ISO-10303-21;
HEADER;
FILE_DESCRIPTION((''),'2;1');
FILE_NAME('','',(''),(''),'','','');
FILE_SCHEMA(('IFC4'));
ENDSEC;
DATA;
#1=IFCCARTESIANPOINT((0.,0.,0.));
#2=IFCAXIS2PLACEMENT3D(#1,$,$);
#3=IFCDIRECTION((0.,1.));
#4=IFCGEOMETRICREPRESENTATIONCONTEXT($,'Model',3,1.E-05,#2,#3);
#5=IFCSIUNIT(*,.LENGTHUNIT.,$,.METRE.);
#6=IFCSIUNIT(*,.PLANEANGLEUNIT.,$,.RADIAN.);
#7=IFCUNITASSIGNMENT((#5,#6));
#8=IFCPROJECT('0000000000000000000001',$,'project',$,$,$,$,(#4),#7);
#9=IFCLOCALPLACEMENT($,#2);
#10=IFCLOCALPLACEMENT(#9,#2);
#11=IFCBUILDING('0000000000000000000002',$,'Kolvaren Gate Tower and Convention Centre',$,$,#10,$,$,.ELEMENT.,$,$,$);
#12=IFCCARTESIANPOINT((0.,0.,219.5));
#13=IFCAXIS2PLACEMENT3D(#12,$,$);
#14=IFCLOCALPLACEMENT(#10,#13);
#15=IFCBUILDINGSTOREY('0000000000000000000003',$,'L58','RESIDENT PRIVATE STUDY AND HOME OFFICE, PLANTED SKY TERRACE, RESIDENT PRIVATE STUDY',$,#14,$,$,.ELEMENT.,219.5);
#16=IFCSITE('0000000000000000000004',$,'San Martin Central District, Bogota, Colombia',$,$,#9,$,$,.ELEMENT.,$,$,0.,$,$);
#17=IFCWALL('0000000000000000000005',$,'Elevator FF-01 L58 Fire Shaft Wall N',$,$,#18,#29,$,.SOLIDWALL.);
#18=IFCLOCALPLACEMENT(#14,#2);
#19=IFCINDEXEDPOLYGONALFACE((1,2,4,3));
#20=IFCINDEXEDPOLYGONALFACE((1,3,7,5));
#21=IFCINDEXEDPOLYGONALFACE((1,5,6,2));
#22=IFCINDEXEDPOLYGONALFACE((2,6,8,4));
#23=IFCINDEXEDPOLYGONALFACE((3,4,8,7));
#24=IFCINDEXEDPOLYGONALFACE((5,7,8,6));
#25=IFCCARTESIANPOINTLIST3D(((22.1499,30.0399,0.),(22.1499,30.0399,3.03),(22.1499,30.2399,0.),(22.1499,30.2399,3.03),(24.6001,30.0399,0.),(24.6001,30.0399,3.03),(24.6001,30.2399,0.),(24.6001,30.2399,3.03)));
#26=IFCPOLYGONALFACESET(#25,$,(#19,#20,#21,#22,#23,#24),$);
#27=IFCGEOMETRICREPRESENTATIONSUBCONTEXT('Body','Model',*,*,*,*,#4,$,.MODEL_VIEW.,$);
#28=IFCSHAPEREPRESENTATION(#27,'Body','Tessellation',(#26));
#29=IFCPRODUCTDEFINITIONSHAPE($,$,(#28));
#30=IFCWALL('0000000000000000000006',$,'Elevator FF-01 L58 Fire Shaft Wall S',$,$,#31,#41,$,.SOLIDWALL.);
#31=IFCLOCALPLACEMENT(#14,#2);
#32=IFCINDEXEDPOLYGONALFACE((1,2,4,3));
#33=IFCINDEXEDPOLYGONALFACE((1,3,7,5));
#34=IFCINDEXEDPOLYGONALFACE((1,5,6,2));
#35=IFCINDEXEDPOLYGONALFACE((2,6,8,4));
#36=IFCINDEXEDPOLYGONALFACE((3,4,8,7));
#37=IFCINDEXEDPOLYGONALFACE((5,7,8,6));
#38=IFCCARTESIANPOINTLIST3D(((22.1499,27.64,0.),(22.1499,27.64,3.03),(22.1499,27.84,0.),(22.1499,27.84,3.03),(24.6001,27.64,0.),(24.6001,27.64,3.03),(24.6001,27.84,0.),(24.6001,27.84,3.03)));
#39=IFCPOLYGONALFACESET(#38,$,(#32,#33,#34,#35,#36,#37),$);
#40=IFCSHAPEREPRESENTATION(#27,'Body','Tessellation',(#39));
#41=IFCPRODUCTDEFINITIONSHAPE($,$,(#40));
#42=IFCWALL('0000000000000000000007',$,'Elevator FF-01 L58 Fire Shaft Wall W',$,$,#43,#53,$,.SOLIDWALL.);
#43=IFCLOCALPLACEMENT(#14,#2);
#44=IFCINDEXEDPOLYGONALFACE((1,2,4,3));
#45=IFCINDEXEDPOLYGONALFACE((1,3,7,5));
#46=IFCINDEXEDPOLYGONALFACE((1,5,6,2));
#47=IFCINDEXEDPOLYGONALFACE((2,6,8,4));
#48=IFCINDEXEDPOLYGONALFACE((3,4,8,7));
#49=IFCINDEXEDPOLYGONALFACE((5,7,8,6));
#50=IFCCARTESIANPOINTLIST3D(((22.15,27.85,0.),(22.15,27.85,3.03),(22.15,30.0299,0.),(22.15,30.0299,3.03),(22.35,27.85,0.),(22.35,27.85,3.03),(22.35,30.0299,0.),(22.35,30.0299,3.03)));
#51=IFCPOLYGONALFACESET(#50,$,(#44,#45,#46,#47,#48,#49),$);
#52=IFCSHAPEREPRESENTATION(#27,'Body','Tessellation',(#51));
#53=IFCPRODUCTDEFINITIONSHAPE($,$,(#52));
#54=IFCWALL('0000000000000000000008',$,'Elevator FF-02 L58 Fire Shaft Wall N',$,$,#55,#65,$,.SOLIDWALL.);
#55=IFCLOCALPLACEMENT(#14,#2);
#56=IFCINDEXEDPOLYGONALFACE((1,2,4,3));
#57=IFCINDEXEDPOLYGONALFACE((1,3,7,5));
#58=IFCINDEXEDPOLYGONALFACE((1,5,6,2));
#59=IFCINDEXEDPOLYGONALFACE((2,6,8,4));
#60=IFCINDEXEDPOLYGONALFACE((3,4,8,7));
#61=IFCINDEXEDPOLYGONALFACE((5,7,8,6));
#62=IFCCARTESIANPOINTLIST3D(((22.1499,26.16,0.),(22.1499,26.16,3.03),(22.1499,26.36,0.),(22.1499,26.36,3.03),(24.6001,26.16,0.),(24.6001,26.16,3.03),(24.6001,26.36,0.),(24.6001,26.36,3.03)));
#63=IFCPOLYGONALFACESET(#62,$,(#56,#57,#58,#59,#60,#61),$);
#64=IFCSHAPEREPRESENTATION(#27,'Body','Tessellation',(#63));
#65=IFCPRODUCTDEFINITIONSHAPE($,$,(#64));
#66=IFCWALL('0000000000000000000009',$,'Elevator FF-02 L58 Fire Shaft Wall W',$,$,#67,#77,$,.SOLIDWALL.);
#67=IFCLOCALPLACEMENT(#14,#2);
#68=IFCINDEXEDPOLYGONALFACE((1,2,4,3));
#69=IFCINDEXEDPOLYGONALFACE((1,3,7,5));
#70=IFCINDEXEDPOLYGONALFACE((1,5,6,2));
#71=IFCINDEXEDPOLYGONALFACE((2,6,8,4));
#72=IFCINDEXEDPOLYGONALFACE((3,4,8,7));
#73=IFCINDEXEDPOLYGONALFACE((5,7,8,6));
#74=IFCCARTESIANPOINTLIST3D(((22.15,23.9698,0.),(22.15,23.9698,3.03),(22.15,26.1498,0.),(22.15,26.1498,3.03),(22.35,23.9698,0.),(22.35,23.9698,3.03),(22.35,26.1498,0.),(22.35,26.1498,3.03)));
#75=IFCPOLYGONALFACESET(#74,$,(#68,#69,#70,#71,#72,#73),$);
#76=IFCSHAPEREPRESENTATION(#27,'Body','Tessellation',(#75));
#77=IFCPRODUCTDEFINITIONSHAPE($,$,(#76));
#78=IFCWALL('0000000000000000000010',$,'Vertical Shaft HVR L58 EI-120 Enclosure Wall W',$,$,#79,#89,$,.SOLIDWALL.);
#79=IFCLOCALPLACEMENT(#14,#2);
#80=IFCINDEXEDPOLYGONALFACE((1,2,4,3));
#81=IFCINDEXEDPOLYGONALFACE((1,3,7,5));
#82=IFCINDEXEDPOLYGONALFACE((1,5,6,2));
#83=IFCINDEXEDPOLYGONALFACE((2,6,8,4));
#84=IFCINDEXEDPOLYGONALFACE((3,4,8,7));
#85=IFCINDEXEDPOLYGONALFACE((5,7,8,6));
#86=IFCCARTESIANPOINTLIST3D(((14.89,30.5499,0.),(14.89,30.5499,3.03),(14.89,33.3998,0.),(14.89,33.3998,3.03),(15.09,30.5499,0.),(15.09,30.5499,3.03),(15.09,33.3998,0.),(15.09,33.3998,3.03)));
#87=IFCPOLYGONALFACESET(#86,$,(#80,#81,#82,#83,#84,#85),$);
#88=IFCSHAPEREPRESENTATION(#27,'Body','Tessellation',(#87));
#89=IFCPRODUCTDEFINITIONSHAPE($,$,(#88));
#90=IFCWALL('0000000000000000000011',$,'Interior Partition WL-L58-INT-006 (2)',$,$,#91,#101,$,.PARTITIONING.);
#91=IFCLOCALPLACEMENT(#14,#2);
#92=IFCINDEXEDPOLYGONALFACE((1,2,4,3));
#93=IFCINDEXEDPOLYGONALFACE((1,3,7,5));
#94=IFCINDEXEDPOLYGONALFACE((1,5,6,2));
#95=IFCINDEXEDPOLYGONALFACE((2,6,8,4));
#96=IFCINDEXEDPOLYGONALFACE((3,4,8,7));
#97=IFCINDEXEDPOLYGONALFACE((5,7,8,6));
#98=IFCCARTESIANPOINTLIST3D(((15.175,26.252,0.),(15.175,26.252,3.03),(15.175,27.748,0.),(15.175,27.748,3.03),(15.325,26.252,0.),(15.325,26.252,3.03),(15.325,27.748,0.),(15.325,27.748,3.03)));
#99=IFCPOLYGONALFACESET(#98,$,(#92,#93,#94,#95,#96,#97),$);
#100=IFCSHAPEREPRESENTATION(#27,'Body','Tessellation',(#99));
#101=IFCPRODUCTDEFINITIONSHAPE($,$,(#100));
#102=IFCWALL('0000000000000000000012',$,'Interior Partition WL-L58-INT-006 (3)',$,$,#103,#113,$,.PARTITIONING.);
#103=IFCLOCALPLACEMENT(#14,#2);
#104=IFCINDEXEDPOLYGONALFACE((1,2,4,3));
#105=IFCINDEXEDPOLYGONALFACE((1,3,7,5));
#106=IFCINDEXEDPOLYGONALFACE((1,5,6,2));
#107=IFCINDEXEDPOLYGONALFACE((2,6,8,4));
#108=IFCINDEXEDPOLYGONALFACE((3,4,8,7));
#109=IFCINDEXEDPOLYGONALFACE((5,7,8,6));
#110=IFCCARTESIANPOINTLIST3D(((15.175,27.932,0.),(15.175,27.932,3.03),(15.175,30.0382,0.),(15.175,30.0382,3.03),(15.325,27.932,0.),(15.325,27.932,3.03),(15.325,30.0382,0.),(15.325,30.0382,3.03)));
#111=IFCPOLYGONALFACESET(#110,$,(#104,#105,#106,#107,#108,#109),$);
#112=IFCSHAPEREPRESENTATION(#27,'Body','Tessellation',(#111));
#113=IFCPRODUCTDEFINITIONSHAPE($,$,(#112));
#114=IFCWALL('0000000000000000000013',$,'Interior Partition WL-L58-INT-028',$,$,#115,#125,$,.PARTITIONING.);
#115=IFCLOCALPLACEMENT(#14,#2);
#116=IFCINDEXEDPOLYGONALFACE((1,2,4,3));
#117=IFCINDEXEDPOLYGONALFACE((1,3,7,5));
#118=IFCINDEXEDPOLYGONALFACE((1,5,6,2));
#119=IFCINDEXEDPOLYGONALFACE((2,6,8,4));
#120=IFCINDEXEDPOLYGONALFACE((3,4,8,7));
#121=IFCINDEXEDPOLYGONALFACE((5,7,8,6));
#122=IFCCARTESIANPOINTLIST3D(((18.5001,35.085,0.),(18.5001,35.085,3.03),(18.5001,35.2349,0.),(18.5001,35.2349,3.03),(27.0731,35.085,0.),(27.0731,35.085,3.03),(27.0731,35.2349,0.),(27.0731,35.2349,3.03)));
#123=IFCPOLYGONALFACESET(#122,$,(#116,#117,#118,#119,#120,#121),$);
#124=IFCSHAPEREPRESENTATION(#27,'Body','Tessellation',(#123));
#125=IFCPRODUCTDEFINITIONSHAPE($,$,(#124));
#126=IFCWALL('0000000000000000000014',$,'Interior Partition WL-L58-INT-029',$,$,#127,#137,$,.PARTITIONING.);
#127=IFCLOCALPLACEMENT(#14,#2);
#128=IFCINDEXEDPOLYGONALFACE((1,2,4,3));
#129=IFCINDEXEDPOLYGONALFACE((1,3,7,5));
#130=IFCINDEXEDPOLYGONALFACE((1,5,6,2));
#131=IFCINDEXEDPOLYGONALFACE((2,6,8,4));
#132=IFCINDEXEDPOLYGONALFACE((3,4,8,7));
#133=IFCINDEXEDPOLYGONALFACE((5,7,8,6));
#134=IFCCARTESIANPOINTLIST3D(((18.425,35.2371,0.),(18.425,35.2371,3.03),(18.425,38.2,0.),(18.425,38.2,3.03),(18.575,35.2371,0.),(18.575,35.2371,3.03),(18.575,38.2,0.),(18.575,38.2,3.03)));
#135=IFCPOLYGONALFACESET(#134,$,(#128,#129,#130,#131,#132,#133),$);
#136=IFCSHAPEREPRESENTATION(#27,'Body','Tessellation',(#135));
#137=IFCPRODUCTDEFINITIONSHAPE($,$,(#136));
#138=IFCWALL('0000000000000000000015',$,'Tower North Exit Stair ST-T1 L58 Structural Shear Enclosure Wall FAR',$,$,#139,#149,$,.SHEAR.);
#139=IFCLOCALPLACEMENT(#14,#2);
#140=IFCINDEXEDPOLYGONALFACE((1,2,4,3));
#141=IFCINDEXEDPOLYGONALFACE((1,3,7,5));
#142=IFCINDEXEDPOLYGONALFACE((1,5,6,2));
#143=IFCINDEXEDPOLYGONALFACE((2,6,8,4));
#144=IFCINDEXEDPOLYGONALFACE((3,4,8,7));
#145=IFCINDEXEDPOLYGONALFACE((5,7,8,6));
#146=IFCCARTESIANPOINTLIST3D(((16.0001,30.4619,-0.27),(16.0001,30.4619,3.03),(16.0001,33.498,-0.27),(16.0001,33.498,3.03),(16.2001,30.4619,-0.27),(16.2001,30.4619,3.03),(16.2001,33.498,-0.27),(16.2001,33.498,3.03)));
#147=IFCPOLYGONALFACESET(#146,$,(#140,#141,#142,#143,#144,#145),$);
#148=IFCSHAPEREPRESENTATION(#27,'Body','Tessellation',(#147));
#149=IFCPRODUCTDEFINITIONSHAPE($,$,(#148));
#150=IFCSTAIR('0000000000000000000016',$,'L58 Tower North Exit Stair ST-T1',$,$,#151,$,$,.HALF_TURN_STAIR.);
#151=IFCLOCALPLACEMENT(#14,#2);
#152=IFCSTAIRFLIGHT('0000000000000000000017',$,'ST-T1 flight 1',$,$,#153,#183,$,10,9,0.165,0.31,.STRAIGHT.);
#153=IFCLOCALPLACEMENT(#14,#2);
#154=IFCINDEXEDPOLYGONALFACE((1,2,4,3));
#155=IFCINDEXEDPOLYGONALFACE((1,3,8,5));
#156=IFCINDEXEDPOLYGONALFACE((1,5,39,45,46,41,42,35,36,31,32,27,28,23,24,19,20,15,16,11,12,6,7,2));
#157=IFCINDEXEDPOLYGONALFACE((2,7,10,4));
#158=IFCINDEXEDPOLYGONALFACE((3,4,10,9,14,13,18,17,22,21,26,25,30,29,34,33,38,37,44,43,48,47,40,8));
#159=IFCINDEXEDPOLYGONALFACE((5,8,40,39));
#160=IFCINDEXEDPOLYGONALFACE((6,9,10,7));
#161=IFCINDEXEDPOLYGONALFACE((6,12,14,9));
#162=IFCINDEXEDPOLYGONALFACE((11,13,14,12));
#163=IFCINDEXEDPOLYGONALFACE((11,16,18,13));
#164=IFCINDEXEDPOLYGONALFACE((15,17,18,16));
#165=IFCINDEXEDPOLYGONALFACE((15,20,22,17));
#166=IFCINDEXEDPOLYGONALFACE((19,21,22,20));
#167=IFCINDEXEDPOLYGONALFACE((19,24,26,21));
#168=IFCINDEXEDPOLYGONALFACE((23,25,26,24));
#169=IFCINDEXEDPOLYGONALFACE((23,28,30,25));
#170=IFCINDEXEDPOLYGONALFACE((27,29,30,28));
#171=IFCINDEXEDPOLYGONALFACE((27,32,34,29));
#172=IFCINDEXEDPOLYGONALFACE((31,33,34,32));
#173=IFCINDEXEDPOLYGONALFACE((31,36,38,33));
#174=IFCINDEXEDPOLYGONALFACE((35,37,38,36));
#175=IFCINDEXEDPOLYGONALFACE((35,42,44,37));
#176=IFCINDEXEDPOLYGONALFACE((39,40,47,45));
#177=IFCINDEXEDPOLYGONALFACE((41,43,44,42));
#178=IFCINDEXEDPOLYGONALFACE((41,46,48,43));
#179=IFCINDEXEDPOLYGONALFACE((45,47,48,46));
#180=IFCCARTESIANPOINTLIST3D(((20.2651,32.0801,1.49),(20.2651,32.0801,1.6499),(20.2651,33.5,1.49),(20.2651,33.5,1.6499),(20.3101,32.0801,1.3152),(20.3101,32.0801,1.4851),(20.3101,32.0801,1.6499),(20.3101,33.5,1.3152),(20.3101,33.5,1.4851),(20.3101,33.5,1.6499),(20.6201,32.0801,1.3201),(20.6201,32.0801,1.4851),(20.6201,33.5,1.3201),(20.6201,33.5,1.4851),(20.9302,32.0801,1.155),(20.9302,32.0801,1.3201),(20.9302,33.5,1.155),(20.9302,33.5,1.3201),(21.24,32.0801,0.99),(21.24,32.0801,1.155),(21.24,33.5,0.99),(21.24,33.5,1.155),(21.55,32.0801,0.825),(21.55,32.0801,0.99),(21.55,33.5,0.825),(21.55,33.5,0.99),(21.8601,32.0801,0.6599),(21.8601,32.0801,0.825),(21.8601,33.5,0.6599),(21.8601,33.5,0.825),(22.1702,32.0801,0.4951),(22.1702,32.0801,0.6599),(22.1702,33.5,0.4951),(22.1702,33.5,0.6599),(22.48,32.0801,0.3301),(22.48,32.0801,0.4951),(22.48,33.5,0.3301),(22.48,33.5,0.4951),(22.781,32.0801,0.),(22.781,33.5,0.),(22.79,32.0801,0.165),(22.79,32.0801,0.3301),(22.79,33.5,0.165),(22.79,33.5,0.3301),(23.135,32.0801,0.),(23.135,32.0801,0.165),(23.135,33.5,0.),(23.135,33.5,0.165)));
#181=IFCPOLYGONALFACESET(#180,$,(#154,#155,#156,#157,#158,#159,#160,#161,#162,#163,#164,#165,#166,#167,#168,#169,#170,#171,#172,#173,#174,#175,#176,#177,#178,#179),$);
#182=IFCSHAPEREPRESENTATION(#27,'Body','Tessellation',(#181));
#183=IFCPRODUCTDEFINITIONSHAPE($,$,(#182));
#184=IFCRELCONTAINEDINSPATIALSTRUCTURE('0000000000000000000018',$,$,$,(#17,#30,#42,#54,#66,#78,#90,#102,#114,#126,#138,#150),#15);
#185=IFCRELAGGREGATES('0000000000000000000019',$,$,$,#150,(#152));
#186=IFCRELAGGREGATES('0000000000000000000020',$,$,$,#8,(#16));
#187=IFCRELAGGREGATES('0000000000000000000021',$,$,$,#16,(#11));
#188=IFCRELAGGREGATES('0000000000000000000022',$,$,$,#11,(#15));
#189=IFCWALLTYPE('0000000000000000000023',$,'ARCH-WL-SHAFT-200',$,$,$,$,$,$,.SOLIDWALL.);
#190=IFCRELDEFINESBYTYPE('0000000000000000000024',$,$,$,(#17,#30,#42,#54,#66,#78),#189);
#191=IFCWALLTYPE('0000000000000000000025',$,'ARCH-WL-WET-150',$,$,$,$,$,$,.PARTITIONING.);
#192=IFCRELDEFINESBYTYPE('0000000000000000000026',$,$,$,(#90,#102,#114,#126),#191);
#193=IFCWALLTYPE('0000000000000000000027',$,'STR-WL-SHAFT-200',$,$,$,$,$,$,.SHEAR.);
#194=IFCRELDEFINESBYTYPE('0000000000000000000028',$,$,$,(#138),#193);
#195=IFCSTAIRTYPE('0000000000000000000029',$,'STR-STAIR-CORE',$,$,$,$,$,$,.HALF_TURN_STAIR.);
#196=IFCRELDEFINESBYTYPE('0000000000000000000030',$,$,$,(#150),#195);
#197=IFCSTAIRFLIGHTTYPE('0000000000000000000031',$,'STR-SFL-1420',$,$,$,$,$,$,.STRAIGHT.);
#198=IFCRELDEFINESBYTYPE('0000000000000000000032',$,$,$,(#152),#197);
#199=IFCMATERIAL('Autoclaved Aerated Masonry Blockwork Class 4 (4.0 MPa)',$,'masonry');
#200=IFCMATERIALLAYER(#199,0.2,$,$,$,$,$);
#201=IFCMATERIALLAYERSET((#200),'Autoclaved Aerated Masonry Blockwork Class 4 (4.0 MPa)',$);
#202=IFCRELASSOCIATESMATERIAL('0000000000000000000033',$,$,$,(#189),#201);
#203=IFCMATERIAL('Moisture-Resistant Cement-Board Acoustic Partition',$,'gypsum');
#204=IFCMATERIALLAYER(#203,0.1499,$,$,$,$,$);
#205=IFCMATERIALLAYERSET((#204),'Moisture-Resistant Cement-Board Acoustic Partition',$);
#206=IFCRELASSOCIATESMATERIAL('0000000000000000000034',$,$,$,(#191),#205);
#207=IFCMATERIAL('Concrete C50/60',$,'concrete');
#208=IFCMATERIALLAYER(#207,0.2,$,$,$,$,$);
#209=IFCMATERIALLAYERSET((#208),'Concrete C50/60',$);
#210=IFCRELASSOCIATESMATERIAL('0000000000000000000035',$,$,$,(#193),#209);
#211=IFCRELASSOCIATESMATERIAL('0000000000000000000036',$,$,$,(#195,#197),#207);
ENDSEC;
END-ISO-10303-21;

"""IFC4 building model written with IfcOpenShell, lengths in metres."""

from ifc_helpers import new_model, si_unit, direction, frame, frame_2d, origin, place, context, subcontext, project, spatial, polyline, rectangle, outline, extrude, material, layer, layer_set, type_object, element, aggregate, save


model = new_model("IFC4")

# Units and contexts
model_context = context("Model", 3, precision=1e-05, world=origin(), true_north=direction((0.0, 1.0)))
body_context = subcontext(model_context, "Body", "Model", "MODEL_VIEW")
ifc_project = project(units=[si_unit("LENGTHUNIT", "METRE"), si_unit("PLANEANGLEUNIT", "RADIAN")], contexts=[model_context])

# Site, building, storey
site_placement = place(None, origin())
site = spatial("IfcSite", under=ifc_project, at=site_placement, Name="San Martin Central District, Bogota, Colombia", CompositionType="ELEMENT", RefElevation=0.0)
building_placement = place(site_placement, origin())
building = spatial("IfcBuilding", under=site, at=building_placement, Name="Kolvaren Gate Tower and Convention Centre", CompositionType="ELEMENT")
storey_placement = place(building_placement, frame((0.0, 0.0, 219.5)))
storey = spatial("IfcBuildingStorey", under=building, at=storey_placement, Name="L58", Description="RESIDENT PRIVATE STUDY AND HOME OFFICE, PLANTED SKY TERRACE, RESIDENT PRIVATE STUDY", CompositionType="ELEMENT", Elevation=219.5)

# Shared definitions
ifc_material_1 = material(Name="Autoclaved Aerated Masonry Blockwork Class 4 (4.0 MPa)", Category="masonry")

# Walls
ifc_layer_1 = layer(ifc_material_1, 0.2)
ifc_layer_set_1 = layer_set([ifc_layer_1], Name="Autoclaved Aerated Masonry Blockwork Class 4 (4.0 MPa)")
wall_type_1 = type_object("IfcWallType", Name="ARCH-WL-SHAFT-200", PredefinedType="SOLIDWALL", material=ifc_layer_set_1)
for number, where, z_axis, x_axis, name in (
    (1, (22.1499, 30.1399, 0.0), (0.0, 0.0, 1.0), (1.0, 0.0, 0.0), "Elevator FF-01 L58 Fire Shaft Wall N"),
    (2, (22.1499, 27.74, 0.0), (0.0, 0.0, 1.0), (1.0, 0.0, 0.0), "Elevator FF-01 L58 Fire Shaft Wall S"),
):
    element("IfcWall", number, at=place(storey_placement, frame(where, z_axis=z_axis, x_axis=x_axis)), inside=storey, type_object=wall_type_1, Name=name, PredefinedType="SOLIDWALL", context=body_context, shape_type="SweptSolid", body=[
        extrude(rectangle(XDim=2.4502, YDim=0.2, at=frame_2d((1.2251, 0.0))), origin(), (0.0, 0.0, 1.0), 3.03),
    ])
wall_1_placement = place(storey_placement, frame((22.25, 27.8501, 0.0), z_axis=(0.0, 0.0, 1.0), x_axis=(0.0, 1.0, 0.0)))
element("IfcWall", 3, at=wall_1_placement, inside=storey, type_object=wall_type_1, Name="Elevator FF-01 L58 Fire Shaft Wall W", PredefinedType="SOLIDWALL", context=body_context, shape_type="SweptSolid", body=[
    extrude(rectangle(XDim=2.1799, YDim=0.2, at=frame_2d((1.0898, 0.0))), origin(), (0.0, 0.0, 1.0), 3.03),
])
wall_2_placement = place(storey_placement, frame((22.1499, 26.26, 0.0), z_axis=(0.0, 0.0, 1.0), x_axis=(1.0, 0.0, 0.0)))
element("IfcWall", 4, at=wall_2_placement, inside=storey, type_object=wall_type_1, Name="Elevator FF-02 L58 Fire Shaft Wall N", PredefinedType="SOLIDWALL", context=body_context, shape_type="SweptSolid", body=[
    extrude(rectangle(XDim=2.4502, YDim=0.2, at=frame_2d((1.2251, 0.0))), origin(), (0.0, 0.0, 1.0), 3.03),
])
wall_3_placement = place(storey_placement, frame((22.25, 23.97, 0.0), z_axis=(0.0, 0.0, 1.0), x_axis=(0.0, 1.0, 0.0)))
element("IfcWall", 5, at=wall_3_placement, inside=storey, type_object=wall_type_1, Name="Elevator FF-02 L58 Fire Shaft Wall W", PredefinedType="SOLIDWALL", context=body_context, shape_type="SweptSolid", body=[
    extrude(rectangle(XDim=2.1799, YDim=0.2, at=frame_2d((1.0898, 0.0))), origin(), (0.0, 0.0, 1.0), 3.03),
])
wall_4_placement = place(storey_placement, frame((14.99, 30.55, 0.0), z_axis=(0.0, 0.0, 1.0), x_axis=(0.0, 1.0, 0.0)))
element("IfcWall", 6, at=wall_4_placement, inside=storey, type_object=wall_type_1, Name="Vertical Shaft HVR L58 EI-120 Enclosure Wall W", PredefinedType="SOLIDWALL", context=body_context, shape_type="SweptSolid", body=[
    extrude(rectangle(XDim=2.8499, YDim=0.2, at=frame_2d((1.4248, 0.0))), origin(), (0.0, 0.0, 1.0), 3.03),
])
ifc_material_2 = material(Name="Moisture-Resistant Cement-Board Acoustic Partition", Category="gypsum")
ifc_layer_2 = layer(ifc_material_2, 0.1499)
ifc_layer_set_2 = layer_set([ifc_layer_2], Name="Moisture-Resistant Cement-Board Acoustic Partition")
wall_type_2 = type_object("IfcWallType", Name="ARCH-WL-WET-150", PredefinedType="PARTITIONING", material=ifc_layer_set_2)
wall_5_placement = place(storey_placement, frame((15.25, 26.252, 0.0), z_axis=(0.0, 0.0, 1.0), x_axis=(0.0, 1.0, 0.0)))
element("IfcWall", 7, at=wall_5_placement, inside=storey, type_object=wall_type_2, Name="Interior Partition WL-L58-INT-006 (2)", PredefinedType="PARTITIONING", context=body_context, shape_type="SweptSolid", body=[
    extrude(rectangle(XDim=1.4961, YDim=0.1499, at=frame_2d((0.748, 0.0))), origin(), (0.0, 0.0, 1.0), 3.03),
])
wall_6_placement = place(storey_placement, frame((15.25, 27.9319, 0.0), z_axis=(0.0, 0.0, 1.0), x_axis=(0.0, 1.0, 0.0)))
element("IfcWall", 8, at=wall_6_placement, inside=storey, type_object=wall_type_2, Name="Interior Partition WL-L58-INT-006 (3)", PredefinedType="PARTITIONING", context=body_context, shape_type="SweptSolid", body=[
    extrude(rectangle(XDim=2.1062, YDim=0.1499, at=frame_2d((1.0532, 0.0))), origin(), (0.0, 0.0, 1.0), 3.03),
])
wall_7_placement = place(storey_placement, frame((18.5, 35.1599, 0.0), z_axis=(0.0, 0.0, 1.0), x_axis=(1.0, 0.0, 0.0)))
element("IfcWall", 9, at=wall_7_placement, inside=storey, type_object=wall_type_2, Name="Interior Partition WL-L58-INT-028", PredefinedType="PARTITIONING", context=body_context, shape_type="SweptSolid", body=[
    extrude(rectangle(XDim=8.573, YDim=0.1499, at=frame_2d((4.2866, 0.0))), origin(), (0.0, 0.0, 1.0), 3.03),
])
wall_8_placement = place(storey_placement, frame((18.5, 35.2371, 0.0), z_axis=(0.0, 0.0, 1.0), x_axis=(0.0, 1.0, 0.0)))
element("IfcWall", 10, at=wall_8_placement, inside=storey, type_object=wall_type_2, Name="Interior Partition WL-L58-INT-029", PredefinedType="PARTITIONING", context=body_context, shape_type="SweptSolid", body=[
    extrude(rectangle(XDim=2.9629, YDim=0.1499, at=frame_2d((1.4814, 0.0))), origin(), (0.0, 0.0, 1.0), 3.03),
])
ifc_material_3 = material(Name="Concrete C50/60", Category="concrete")
ifc_layer_3 = layer(ifc_material_3, 0.2)
ifc_layer_set_3 = layer_set([ifc_layer_3], Name="Concrete C50/60")
wall_type_3 = type_object("IfcWallType", Name="STR-WL-SHAFT-200", PredefinedType="SHEAR", material=ifc_layer_set_3)
wall_9_placement = place(storey_placement, frame((16.1001, 30.4619, -0.27), z_axis=(0.0, 0.0, 1.0), x_axis=(0.0, 1.0, 0.0)))
element("IfcWall", 11, at=wall_9_placement, inside=storey, type_object=wall_type_3, Name="Tower North Exit Stair ST-T1 L58 Structural Shear Enclosure Wall FAR", PredefinedType="SHEAR", context=body_context, shape_type="SweptSolid", body=[
    extrude(rectangle(XDim=3.0361, YDim=0.2, at=frame_2d((1.5181, 0.0))), origin(), (0.0, 0.0, 1.0), 3.3),
])

# Stair, stair flight
stair_type = type_object("IfcStairType", Name="STR-STAIR-CORE", PredefinedType="HALF_TURN_STAIR", material=ifc_material_3)
stair_placement = place(storey_placement, origin())
stair = element("IfcStair", 12, at=stair_placement, inside=storey, type_object=stair_type, Name="L58 Tower North Exit Stair ST-T1", PredefinedType="HALF_TURN_STAIR")
stair_flight_type = type_object("IfcStairFlightType", Name="STR-SFL-1420", PredefinedType="STRAIGHT", material=ifc_material_3)
stair_flight_1_placement = place(storey_placement, frame((23.1001, 32.79, 0.0), z_axis=(0.0, 0.0, 1.0), x_axis=(-1.0, 0.0, 0.0)))
stair_flight_1 = element("IfcStairFlight", 13, at=stair_flight_1_placement, type_object=stair_flight_type, Name="ST-T1 flight 1", NumberOfRisers=10, NumberOfTreads=9, PredefinedType="STRAIGHT", RiserHeight=0.165, TreadLength=0.31, context=body_context, shape_type="SweptSolid", body=[
    extrude(outline(polyline([(-0.0349, 0.0), (-0.0349, 0.165), (0.3101, 0.165), (0.3101, 0.3301), (0.6201, 0.3301), (0.6201, 0.4951), (0.9299, 0.4951), (0.9299, 0.6599), (1.24, 0.6599), (1.24, 0.825), (1.55, 0.825), (1.55, 0.99), (1.8601, 0.99), (1.8601, 1.155), (2.1699, 1.155), (2.1699, 1.3201), (2.48, 1.3201), (2.48, 1.4851), (2.79, 1.4851), (2.79, 1.6499), (2.835, 1.6499), (2.835, 1.49), (2.79, 1.3152), (0.3191, 0.0), (-0.0349, 0.0)])), frame((0.0, 0.71, 0.0), z_axis=(0.0, -1.0, 0.0), x_axis=(1.0, 0.0, 0.0)), (0.0, 0.0, 1.0), 1.4199),
])
aggregate(stair, [stair_flight_1])

save(model, "model.ifc")
